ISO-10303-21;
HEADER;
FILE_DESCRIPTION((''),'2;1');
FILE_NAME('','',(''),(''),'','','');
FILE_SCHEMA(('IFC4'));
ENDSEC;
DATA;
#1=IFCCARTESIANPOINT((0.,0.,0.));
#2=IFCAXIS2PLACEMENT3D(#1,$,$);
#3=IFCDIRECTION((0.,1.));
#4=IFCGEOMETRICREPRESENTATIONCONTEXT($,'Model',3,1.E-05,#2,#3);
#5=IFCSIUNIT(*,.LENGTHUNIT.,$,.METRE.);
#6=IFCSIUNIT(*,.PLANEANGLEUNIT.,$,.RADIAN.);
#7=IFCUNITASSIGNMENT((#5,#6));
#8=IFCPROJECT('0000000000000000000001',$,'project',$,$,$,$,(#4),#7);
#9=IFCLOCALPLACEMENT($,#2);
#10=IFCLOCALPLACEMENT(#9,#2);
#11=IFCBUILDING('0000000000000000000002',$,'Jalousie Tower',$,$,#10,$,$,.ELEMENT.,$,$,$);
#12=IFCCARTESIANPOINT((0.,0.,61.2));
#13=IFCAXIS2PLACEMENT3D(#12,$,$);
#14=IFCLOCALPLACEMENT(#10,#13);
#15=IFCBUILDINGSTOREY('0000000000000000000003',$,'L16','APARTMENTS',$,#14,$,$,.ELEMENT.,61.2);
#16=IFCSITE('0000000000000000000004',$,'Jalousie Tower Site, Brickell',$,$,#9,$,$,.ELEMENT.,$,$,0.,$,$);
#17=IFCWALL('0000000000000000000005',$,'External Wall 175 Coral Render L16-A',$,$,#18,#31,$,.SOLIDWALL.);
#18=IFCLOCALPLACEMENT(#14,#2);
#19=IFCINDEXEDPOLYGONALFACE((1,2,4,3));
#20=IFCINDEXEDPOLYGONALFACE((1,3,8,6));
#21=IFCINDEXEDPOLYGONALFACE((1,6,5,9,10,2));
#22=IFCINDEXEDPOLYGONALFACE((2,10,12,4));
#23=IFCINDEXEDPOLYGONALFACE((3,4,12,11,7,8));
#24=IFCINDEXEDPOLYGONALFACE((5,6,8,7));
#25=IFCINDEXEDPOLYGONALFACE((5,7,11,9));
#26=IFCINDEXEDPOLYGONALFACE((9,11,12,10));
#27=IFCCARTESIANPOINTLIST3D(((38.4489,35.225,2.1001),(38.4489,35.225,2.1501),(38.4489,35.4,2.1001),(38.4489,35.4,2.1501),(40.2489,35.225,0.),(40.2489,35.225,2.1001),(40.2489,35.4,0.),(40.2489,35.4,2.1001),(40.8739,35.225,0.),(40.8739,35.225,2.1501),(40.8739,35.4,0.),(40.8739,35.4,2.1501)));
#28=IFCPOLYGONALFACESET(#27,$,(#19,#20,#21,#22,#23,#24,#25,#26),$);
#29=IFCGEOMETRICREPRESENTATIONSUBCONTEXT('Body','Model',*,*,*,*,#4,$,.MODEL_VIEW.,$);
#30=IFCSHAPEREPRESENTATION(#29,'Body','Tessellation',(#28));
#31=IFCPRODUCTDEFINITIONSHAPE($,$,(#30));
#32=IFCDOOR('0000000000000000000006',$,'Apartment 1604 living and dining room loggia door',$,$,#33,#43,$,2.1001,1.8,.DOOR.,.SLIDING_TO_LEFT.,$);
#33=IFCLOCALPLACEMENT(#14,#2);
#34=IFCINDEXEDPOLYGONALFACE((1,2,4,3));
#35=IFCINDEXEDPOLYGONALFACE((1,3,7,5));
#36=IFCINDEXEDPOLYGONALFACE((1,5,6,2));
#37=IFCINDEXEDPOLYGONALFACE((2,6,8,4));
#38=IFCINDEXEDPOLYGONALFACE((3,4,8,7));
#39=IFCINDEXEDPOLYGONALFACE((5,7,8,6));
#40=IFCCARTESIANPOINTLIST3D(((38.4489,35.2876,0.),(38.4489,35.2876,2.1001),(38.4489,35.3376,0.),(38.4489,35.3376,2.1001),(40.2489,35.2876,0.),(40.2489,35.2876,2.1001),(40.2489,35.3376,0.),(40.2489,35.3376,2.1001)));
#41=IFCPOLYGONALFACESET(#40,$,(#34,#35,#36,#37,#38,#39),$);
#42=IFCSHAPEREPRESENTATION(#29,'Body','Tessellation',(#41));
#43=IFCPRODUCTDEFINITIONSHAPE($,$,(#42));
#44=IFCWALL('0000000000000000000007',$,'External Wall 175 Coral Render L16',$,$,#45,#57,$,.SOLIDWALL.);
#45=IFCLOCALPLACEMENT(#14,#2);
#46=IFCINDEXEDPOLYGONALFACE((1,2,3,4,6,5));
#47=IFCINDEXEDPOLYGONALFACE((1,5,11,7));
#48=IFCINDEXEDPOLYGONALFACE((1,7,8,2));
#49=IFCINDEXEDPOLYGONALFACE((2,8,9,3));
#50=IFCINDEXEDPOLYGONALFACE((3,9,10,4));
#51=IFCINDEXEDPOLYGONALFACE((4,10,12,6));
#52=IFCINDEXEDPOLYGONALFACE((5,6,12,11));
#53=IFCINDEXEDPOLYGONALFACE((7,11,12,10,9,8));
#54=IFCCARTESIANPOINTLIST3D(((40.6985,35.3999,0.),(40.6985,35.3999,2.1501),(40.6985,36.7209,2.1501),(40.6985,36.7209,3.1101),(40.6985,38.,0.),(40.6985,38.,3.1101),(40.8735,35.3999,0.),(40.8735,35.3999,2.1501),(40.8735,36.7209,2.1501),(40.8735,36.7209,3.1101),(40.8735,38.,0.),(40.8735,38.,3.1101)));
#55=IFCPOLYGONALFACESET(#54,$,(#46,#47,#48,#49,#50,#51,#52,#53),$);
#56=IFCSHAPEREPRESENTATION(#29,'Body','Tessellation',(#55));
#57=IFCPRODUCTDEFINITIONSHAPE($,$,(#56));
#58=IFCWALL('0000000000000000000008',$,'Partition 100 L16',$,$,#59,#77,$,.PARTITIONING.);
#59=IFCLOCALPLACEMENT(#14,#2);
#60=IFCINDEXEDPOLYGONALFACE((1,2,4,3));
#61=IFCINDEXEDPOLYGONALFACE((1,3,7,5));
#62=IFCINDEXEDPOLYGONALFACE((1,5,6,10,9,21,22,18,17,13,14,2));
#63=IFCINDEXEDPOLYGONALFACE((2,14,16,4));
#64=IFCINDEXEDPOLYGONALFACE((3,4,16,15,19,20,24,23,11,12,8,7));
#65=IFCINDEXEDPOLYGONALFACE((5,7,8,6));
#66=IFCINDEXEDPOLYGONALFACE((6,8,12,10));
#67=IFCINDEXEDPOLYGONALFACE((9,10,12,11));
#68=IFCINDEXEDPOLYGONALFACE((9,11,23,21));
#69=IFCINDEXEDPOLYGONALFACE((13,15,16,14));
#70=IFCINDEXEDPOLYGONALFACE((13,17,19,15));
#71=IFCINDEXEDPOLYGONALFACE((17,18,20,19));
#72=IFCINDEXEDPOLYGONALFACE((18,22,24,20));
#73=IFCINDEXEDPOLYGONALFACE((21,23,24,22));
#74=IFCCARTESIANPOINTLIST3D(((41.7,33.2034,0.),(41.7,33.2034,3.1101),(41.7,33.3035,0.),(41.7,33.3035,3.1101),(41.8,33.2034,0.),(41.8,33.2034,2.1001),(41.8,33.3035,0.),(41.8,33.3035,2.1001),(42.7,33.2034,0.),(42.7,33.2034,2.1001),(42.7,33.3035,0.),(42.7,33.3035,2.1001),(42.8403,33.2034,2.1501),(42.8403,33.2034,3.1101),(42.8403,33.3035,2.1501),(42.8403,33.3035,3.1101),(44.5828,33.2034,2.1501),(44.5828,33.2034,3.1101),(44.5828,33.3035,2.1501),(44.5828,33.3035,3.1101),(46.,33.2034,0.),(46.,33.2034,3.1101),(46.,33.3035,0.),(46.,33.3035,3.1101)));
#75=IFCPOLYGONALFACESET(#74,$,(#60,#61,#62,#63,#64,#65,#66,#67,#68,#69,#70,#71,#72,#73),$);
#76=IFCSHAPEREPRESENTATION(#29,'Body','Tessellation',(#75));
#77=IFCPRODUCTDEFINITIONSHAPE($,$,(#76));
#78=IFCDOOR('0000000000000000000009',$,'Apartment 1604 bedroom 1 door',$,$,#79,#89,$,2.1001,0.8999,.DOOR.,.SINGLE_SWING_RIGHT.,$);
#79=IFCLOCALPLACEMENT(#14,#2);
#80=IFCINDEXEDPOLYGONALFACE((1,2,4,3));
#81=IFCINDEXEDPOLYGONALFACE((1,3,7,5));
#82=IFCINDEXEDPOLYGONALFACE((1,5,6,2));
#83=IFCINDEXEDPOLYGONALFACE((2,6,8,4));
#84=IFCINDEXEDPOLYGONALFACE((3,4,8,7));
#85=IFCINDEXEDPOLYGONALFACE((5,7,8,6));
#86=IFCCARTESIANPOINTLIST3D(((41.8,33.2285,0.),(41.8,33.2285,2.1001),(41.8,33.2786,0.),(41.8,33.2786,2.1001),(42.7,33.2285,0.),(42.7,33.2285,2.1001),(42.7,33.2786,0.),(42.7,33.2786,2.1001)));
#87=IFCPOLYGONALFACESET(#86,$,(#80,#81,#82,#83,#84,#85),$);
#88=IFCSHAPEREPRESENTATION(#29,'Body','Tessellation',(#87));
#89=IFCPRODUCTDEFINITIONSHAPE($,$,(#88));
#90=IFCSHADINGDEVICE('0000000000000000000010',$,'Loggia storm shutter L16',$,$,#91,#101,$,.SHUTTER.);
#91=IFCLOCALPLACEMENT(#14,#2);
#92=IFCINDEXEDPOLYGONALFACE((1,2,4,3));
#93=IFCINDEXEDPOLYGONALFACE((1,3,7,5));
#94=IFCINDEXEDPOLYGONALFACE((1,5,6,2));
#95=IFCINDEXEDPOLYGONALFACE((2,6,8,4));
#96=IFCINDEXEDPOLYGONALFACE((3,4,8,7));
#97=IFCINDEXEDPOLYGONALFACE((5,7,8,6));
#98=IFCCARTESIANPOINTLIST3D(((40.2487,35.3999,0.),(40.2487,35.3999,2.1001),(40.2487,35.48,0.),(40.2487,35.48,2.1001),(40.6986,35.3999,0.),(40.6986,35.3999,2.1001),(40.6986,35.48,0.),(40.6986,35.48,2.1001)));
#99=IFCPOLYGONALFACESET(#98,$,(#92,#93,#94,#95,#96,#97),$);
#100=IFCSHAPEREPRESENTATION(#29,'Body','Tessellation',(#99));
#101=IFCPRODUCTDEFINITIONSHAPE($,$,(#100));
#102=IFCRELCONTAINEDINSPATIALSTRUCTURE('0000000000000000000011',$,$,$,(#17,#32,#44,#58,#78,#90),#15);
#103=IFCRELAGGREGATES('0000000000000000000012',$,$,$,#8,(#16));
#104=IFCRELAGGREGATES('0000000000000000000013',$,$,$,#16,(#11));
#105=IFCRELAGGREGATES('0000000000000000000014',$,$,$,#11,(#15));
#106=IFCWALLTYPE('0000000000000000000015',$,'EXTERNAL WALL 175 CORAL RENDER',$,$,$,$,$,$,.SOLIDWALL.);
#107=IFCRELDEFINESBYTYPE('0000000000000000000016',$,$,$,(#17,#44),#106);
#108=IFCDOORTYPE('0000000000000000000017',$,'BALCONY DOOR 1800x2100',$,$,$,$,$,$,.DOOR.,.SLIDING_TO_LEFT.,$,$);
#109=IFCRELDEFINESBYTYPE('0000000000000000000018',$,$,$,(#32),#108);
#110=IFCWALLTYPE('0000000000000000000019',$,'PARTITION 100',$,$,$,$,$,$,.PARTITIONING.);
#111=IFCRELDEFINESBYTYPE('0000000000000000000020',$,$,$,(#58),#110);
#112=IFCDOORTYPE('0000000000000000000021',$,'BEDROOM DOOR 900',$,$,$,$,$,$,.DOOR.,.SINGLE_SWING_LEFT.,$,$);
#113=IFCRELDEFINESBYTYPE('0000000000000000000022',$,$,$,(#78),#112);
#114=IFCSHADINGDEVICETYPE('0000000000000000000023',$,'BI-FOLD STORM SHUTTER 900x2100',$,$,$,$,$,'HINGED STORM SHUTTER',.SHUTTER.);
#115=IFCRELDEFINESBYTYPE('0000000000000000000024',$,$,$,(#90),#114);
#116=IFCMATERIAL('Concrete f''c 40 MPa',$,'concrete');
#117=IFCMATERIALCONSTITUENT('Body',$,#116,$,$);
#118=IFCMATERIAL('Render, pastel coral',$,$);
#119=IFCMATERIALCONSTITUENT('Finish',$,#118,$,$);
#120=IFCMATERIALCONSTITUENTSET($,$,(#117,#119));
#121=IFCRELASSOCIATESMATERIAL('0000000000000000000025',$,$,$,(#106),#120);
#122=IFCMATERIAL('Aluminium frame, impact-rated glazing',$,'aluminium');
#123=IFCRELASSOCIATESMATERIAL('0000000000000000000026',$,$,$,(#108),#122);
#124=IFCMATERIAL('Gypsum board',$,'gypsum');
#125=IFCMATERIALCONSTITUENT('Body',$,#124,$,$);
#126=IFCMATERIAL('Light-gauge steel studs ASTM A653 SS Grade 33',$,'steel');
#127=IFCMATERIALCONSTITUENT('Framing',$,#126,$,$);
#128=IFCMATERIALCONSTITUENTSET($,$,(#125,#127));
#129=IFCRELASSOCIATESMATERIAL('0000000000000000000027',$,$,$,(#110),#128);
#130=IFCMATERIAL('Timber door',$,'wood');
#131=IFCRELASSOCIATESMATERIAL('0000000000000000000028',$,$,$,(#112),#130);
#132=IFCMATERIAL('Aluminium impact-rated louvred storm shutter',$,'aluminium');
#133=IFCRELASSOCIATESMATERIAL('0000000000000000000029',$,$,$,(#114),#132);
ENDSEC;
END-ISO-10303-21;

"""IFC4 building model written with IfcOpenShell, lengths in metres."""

from ifc_helpers import new_model, si_unit, direction, frame, frame_2d, origin, origin_2d, place, context, subcontext, project, spatial, polyline, rectangle, outline, extrude, material, constituent, constituent_set, type_object, element, fill, save


model = new_model("IFC4")

# Units and contexts
model_context = context("Model", 3, precision=1e-05, world=origin(), true_north=direction((0.0, 1.0)))
body_context = subcontext(model_context, "Body", "Model", "MODEL_VIEW")
ifc_project = project(units=[si_unit("LENGTHUNIT", "METRE"), si_unit("PLANEANGLEUNIT", "RADIAN")], contexts=[model_context])

# Site, building, storey
site_placement = place(None, origin())
site = spatial("IfcSite", under=ifc_project, at=site_placement, Name="Jalousie Tower Site, Brickell", CompositionType="ELEMENT", RefElevation=0.0)
building_placement = place(site_placement, origin())
building = spatial("IfcBuilding", under=site, at=building_placement, Name="Jalousie Tower", CompositionType="ELEMENT")
storey_placement = place(building_placement, frame((0.0, 0.0, 61.2)))
storey = spatial("IfcBuildingStorey", under=building, at=storey_placement, Name="L16", Description="APARTMENTS", CompositionType="ELEMENT", Elevation=61.2)

# Shared definitions
ifc_material_1 = material(Name="Concrete f'c 40 MPa", Category="concrete")
ifc_constituent_1 = constituent(ifc_material_1, Name="Body")
ifc_material_2 = material(Name="Render, pastel coral")
ifc_constituent_2 = constituent(ifc_material_2, Name="Finish")
ifc_constituent_set_1 = constituent_set(constituents=[ifc_constituent_1, ifc_constituent_2])
wall_type_1 = type_object("IfcWallType", Name="EXTERNAL WALL 175 CORAL RENDER", PredefinedType="SOLIDWALL", material=ifc_constituent_set_1)

# Wall, opening, door
wall_1_placement = place(storey_placement, frame((40.8738, 35.3125, 0.0), z_axis=(0.0, 0.0, 1.0), x_axis=(-1.0, 0.0, 0.0)))
wall_1 = element("IfcWall", 1, at=wall_1_placement, inside=storey, type_object=wall_type_1, Name="External Wall 175 Coral Render L16-A", PredefinedType="SOLIDWALL", context=body_context, shape_type="SweptSolid", body=[
    extrude(rectangle(XDim=2.425, YDim=0.175, at=frame_2d((1.2124, 0.0))), origin(), (0.0, 0.0, 1.0), 2.1501),
])
opening_1_placement = place(wall_1_placement, frame((0.625, 0.0, 0.0)))
opening_1 = element("IfcOpeningElement", 2, at=opening_1_placement, cuts=wall_1, PredefinedType="OPENING", context=body_context, shape_type="SweptSolid", body=[
    extrude(rectangle(XDim=1.8, YDim=2.1001, at=frame_2d((0.8999, 1.05))), frame((0.0, 0.0974, 0.0), z_axis=(0.0, -1.0, 0.0), x_axis=(1.0, 0.0, 0.0)), (0.0, 0.0, 1.0), 0.1951),
])
ifc_material_3 = material(Name="Aluminium frame, impact-rated glazing", Category="aluminium")
door_type_1 = type_object("IfcDoorType", Name="BALCONY DOOR 1800x2100", OperationType="SLIDING_TO_LEFT", PredefinedType="DOOR", material=ifc_material_3)
door_1_placement = place(opening_1_placement, origin())
door_1 = element("IfcDoor", 3, at=door_1_placement, inside=storey, type_object=door_type_1, Name="Apartment 1604 living and dining room loggia door", OperationType="SLIDING_TO_LEFT", OverallHeight=2.1001, OverallWidth=1.8, PredefinedType="DOOR", context=body_context, shape_type="SweptSolid", body=[
    extrude(rectangle(XDim=1.8, YDim=2.1001, at=frame_2d((0.8999, 1.05))), frame((0.0, 0.0249, 0.0), z_axis=(0.0, -1.0, 0.0), x_axis=(1.0, 0.0, 0.0)), (0.0, 0.0, 1.0), 0.05),
])
fill(opening_1, door_1)

# Wall
wall_2_placement = place(storey_placement, frame((40.7861, 38.0, 0.0), z_axis=(0.0, 0.0, 1.0), x_axis=(0.0, -1.0, 0.0)))
element("IfcWall", 4, at=wall_2_placement, inside=storey, type_object=wall_type_1, Name="External Wall 175 Coral Render L16", PredefinedType="SOLIDWALL", context=body_context, shape_type="SweptSolid", body=[
    extrude(outline(polyline([(0.0, 0.0), (2.6001, 0.0), (2.6001, 2.1501), (1.2791, 2.1501), (1.2791, 3.1101), (0.0, 3.1101), (0.0, 0.0)])), frame((0.0, 0.0874, 0.0), z_axis=(0.0, -1.0, 0.0), x_axis=(1.0, 0.0, 0.0)), (0.0, 0.0, 1.0), 0.175),
])

# Wall, opening, door
ifc_material_4 = material(Name="Gypsum board", Category="gypsum")
ifc_constituent_3 = constituent(ifc_material_4, Name="Body")
ifc_material_5 = material(Name="Light-gauge steel studs ASTM A653 SS Grade 33", Category="steel")
ifc_constituent_4 = constituent(ifc_material_5, Name="Framing")
ifc_constituent_set_2 = constituent_set(constituents=[ifc_constituent_3, ifc_constituent_4])
wall_type_2 = type_object("IfcWallType", Name="PARTITION 100", PredefinedType="PARTITIONING", material=ifc_constituent_set_2)
wall_3_placement = place(storey_placement, frame((41.7, 33.2534, 0.0), z_axis=(0.0, 0.0, 1.0), x_axis=(1.0, 0.0, 0.0)))
wall_3 = element("IfcWall", 5, at=wall_3_placement, inside=storey, type_object=wall_type_2, Name="Partition 100 L16", PredefinedType="PARTITIONING", context=body_context, shape_type="SweptSolid", body=[
    extrude(outline(polyline([(0.0, 0.0), (4.3, 0.0), (4.3, 3.1101), (2.8828, 3.1101), (2.8828, 2.1501), (1.1404, 2.1501), (1.1404, 3.1101), (0.0, 3.1101), (0.0, 0.0)])), frame((0.0, 0.05, 0.0), z_axis=(0.0, -1.0, 0.0), x_axis=(1.0, 0.0, 0.0)), (0.0, 0.0, 1.0), 0.1001),
])
opening_2_placement = place(wall_3_placement, frame((0.1001, 0.0, 0.0)))
opening_2 = element("IfcOpeningElement", 6, at=opening_2_placement, cuts=wall_3, PredefinedType="OPENING", context=body_context, shape_type="SweptSolid", body=[
    extrude(rectangle(XDim=0.8999, YDim=2.1001, at=frame_2d((0.45, 1.05))), frame((0.0, 0.0601, 0.0), z_axis=(0.0, -1.0, 0.0), x_axis=(1.0, 0.0, 0.0)), (0.0, 0.0, 1.0), 0.1201),
])
ifc_material_6 = material(Name="Timber door", Category="wood")
door_type_2 = type_object("IfcDoorType", Name="BEDROOM DOOR 900", OperationType="SINGLE_SWING_LEFT", PredefinedType="DOOR", material=ifc_material_6)
door_2_placement = place(opening_2_placement, frame((0.8999, 0.0, 0.0), z_axis=(0.0, 0.0, 1.0), x_axis=(-1.0, 0.0, 0.0)))
door_2 = element("IfcDoor", 7, at=door_2_placement, inside=storey, type_object=door_type_2, Name="Apartment 1604 bedroom 1 door", OperationType="SINGLE_SWING_RIGHT", OverallHeight=2.1001, OverallWidth=0.8999, PredefinedType="DOOR", context=body_context, shape_type="SweptSolid", body=[
    extrude(rectangle(XDim=0.8999, YDim=2.1001, at=frame_2d((0.45, 1.05))), frame((0.0, 0.0249, 0.0), z_axis=(0.0, -1.0, 0.0), x_axis=(1.0, 0.0, 0.0)), (0.0, 0.0, 1.0), 0.05),
])
fill(opening_2, door_2)

# Shading device
ifc_material_7 = material(Name="Aluminium impact-rated louvred storm shutter", Category="aluminium")
shading_device_type_1 = type_object("IfcShadingDeviceType", Name="BI-FOLD STORM SHUTTER 900x2100", ElementType="HINGED STORM SHUTTER", PredefinedType="SHUTTER", material=ifc_material_7)
shading_device_1_placement = place(storey_placement, frame((40.4736, 35.4399, 0.0), z_axis=(0.0, 0.0, 1.0), x_axis=(-1.0, 0.0, 0.0)))
element("IfcShadingDevice", 8, at=shading_device_1_placement, inside=storey, type_object=shading_device_type_1, Name="Loggia storm shutter L16", PredefinedType="SHUTTER", context=body_context, shape_type="SweptSolid", body=[
    extrude(rectangle(XDim=0.45, YDim=0.0801, at=origin_2d()), origin(), (0.0, 0.0, 1.0), 2.1001),
])

save(model, "model.ifc")
